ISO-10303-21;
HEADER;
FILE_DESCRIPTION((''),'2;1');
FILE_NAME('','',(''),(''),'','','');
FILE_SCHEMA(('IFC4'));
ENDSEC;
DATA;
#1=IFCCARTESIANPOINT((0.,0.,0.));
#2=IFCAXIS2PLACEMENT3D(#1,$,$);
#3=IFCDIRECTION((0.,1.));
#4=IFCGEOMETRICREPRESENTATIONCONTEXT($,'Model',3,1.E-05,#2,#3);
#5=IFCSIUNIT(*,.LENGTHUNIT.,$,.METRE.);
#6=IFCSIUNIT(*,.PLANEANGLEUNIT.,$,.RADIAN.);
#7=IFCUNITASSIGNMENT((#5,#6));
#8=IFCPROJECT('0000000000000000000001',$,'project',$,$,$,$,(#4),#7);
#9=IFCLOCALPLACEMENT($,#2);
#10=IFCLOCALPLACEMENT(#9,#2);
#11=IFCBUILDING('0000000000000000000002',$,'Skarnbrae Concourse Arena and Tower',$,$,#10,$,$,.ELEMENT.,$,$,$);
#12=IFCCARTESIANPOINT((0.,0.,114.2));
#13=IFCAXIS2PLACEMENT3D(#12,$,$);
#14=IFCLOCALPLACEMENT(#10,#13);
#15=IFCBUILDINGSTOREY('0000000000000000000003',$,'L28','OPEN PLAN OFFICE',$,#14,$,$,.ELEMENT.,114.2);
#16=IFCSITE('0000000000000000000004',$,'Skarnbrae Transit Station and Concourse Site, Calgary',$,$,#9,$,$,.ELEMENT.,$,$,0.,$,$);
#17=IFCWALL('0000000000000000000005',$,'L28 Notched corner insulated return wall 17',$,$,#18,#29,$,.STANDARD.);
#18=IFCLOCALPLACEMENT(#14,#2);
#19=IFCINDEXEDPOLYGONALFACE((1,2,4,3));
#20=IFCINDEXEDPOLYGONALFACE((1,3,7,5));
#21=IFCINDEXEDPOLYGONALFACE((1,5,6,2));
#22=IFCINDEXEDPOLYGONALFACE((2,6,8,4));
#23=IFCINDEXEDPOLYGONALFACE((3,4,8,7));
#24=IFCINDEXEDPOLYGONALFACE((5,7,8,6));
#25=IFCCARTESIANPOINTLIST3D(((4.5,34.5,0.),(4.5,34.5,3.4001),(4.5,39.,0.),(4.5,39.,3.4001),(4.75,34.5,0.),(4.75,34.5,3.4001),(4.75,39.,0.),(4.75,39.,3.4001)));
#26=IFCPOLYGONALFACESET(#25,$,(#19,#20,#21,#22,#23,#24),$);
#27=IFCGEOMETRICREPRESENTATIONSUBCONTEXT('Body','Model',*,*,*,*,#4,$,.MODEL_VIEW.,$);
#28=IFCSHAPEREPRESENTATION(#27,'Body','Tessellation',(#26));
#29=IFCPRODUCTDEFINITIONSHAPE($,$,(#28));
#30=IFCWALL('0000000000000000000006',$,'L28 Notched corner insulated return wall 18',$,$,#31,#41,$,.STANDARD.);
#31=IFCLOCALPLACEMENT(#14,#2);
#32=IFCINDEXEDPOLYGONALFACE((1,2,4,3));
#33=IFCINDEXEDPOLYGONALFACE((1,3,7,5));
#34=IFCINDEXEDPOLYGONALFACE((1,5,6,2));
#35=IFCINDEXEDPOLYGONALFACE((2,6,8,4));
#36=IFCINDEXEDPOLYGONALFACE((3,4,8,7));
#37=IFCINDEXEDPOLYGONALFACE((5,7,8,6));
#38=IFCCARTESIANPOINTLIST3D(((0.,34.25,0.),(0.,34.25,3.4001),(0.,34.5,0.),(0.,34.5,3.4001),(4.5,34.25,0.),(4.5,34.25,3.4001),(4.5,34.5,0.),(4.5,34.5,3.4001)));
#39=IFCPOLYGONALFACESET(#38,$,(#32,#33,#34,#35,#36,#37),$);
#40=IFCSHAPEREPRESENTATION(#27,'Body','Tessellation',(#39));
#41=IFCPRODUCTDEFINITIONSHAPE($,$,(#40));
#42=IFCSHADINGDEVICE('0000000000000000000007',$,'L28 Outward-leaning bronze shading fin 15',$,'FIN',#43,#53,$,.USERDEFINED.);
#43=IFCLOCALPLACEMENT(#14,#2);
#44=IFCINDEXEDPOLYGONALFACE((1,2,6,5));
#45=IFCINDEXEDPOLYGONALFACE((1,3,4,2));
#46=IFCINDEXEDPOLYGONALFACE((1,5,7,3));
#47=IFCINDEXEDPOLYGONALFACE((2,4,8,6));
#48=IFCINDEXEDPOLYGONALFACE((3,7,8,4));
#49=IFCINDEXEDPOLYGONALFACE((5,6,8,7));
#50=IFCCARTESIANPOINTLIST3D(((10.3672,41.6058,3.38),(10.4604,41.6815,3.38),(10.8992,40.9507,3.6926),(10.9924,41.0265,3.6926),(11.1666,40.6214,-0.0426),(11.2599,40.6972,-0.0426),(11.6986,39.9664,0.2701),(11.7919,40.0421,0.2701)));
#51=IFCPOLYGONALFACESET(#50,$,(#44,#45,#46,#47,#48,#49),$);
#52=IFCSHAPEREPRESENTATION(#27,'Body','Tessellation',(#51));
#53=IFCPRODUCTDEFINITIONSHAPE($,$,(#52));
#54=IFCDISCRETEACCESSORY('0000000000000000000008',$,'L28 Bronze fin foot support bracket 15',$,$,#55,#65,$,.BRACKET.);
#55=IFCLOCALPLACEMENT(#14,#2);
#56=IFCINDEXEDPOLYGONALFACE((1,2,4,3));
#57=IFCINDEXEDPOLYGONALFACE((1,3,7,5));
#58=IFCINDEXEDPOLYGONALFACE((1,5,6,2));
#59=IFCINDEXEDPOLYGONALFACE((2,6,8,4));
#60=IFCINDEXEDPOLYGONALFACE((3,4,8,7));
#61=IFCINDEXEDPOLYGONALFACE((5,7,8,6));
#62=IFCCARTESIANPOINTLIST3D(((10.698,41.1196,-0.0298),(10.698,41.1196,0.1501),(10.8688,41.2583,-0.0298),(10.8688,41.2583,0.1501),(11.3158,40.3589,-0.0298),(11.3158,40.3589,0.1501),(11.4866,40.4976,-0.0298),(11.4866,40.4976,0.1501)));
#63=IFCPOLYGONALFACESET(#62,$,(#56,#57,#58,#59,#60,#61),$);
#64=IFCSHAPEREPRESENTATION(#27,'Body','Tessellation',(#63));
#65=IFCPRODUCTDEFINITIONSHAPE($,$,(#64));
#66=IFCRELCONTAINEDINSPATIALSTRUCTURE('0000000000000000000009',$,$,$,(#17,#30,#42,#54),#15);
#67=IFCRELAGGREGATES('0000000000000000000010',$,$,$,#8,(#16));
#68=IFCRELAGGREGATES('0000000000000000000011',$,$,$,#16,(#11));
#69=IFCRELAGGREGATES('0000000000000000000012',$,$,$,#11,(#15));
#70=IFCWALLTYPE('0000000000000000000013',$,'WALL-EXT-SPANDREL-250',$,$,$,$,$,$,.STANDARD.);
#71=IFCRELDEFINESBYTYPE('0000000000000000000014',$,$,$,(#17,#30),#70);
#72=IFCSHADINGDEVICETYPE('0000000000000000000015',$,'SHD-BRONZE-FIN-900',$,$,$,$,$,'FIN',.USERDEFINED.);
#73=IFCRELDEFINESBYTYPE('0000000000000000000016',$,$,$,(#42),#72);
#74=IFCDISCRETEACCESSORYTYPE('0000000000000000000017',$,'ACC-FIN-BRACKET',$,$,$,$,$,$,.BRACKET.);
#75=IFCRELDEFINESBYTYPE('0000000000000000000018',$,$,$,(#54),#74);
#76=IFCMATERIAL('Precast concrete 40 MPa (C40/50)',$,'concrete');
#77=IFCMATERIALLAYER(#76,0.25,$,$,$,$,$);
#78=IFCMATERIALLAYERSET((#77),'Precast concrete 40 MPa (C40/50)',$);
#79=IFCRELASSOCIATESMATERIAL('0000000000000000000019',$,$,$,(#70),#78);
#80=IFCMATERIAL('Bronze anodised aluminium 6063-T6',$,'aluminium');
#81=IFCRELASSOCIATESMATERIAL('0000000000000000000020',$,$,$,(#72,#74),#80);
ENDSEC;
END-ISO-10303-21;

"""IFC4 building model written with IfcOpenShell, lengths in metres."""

from ifc_helpers import new_model, si_unit, direction, frame, frame_2d, origin, origin_2d, place, context, subcontext, project, spatial, rectangle, extrude, source, transform, mapped, material, layer, layer_set, type_object, element, save


model = new_model("IFC4")

# Units and contexts
model_context = context("Model", 3, precision=1e-05, world=origin(), true_north=direction((0.0, 1.0)))
body_context = subcontext(model_context, "Body", "Model", "MODEL_VIEW")
ifc_project = project(units=[si_unit("LENGTHUNIT", "METRE"), si_unit("PLANEANGLEUNIT", "RADIAN")], contexts=[model_context])

# Site, building, storey
site_placement = place(None, origin())
site = spatial("IfcSite", under=ifc_project, at=site_placement, Name="Skarnbrae Transit Station and Concourse Site, Calgary", CompositionType="ELEMENT", RefElevation=0.0)
building_placement = place(site_placement, origin())
building = spatial("IfcBuilding", under=site, at=building_placement, Name="Skarnbrae Concourse Arena and Tower", CompositionType="ELEMENT")
storey_placement = place(building_placement, frame((0.0, 0.0, 114.2)))
storey = spatial("IfcBuildingStorey", under=building, at=storey_placement, Name="L28", Description="OPEN PLAN OFFICE", CompositionType="ELEMENT", Elevation=114.2)

# Shared definitions
ifc_material_1 = material(Name="Bronze anodised aluminium 6063-T6", Category="aluminium")

# Walls
ifc_material_2 = material(Name="Precast concrete 40 MPa (C40/50)", Category="concrete")
ifc_layer_1 = layer(ifc_material_2, 0.25)
ifc_layer_set_1 = layer_set([ifc_layer_1], Name="Precast concrete 40 MPa (C40/50)")
wall_type = type_object("IfcWallType", Name="WALL-EXT-SPANDREL-250", PredefinedType="STANDARD", material=ifc_layer_set_1)
shared_shape_1 = source(origin(), body_context, "Body", "SweptSolid", [
    extrude(rectangle(XDim=4.5, YDim=0.25, at=frame_2d((2.25, 0.0))), origin(), (0.0, 0.0, 1.0), 3.4001),
])
for number, where, z_axis, x_axis, name in (
    (1, (4.625, 39.0, 0.0), (0.0, 0.0, 1.0), (0.0, -1.0, 0.0), "L28 Notched corner insulated return wall 17"),
    (2, (4.5, 34.375, 0.0), (0.0, 0.0, 1.0), (-1.0, 0.0, 0.0), "L28 Notched corner insulated return wall 18"),
):
    element("IfcWall", number, at=place(storey_placement, frame(where, z_axis=z_axis, x_axis=x_axis)), inside=storey, type_object=wall_type, Name=name, PredefinedType="STANDARD", context=body_context, shape_type="MappedRepresentation", body=[
        mapped(shared_shape_1, transform((0.0, 0.0, 0.0))),
    ])

# Shading device
shading_device_type = type_object("IfcShadingDeviceType", Name="SHD-BRONZE-FIN-900", ElementType="FIN", PredefinedType="USERDEFINED", material=ifc_material_1)
shared_shape_2 = source(origin(), body_context, "Body", "SweptSolid", [
    extrude(rectangle(XDim=0.1201, YDim=0.8999, at=origin_2d()), origin(), (0.0, 0.0, 1.0), 3.6499),
])
shading_device_placement = place(storey_placement, frame((11.4792, 40.3318, 0.1138), z_axis=(-0.219029, 0.269688, 0.937707), x_axis=(0.776245, 0.630432, 0.0)))
element("IfcShadingDevice", 3, at=shading_device_placement, inside=storey, type_object=shading_device_type, Name="L28 Outward-leaning bronze shading fin 15", ObjectType="FIN", PredefinedType="USERDEFINED", context=body_context, shape_type="MappedRepresentation", body=[
    mapped(shared_shape_2, transform((0.0, 0.0, 0.0))),
])

# Discrete accessory
discrete_accessory_type = type_object("IfcDiscreteAccessoryType", Name="ACC-FIN-BRACKET", PredefinedType="BRACKET", material=ifc_material_1)
shared_shape_3 = source(origin(), body_context, "Body", "SweptSolid", [
    extrude(rectangle(XDim=0.22, YDim=0.98, at=origin_2d()), origin(), (0.0, 0.0, 1.0), 0.1799),
])
discrete_accessory_placement = place(storey_placement, frame((11.0923, 40.8086, -0.0298), z_axis=(0.0, 0.0, 1.0), x_axis=(0.776245, 0.630432, 0.0)))
element("IfcDiscreteAccessory", 4, at=discrete_accessory_placement, inside=storey, type_object=discrete_accessory_type, Name="L28 Bronze fin foot support bracket 15", PredefinedType="BRACKET", context=body_context, shape_type="MappedRepresentation", body=[
    mapped(shared_shape_3, transform((0.0, 0.0, 0.0))),
])

save(model, "model.ifc")
